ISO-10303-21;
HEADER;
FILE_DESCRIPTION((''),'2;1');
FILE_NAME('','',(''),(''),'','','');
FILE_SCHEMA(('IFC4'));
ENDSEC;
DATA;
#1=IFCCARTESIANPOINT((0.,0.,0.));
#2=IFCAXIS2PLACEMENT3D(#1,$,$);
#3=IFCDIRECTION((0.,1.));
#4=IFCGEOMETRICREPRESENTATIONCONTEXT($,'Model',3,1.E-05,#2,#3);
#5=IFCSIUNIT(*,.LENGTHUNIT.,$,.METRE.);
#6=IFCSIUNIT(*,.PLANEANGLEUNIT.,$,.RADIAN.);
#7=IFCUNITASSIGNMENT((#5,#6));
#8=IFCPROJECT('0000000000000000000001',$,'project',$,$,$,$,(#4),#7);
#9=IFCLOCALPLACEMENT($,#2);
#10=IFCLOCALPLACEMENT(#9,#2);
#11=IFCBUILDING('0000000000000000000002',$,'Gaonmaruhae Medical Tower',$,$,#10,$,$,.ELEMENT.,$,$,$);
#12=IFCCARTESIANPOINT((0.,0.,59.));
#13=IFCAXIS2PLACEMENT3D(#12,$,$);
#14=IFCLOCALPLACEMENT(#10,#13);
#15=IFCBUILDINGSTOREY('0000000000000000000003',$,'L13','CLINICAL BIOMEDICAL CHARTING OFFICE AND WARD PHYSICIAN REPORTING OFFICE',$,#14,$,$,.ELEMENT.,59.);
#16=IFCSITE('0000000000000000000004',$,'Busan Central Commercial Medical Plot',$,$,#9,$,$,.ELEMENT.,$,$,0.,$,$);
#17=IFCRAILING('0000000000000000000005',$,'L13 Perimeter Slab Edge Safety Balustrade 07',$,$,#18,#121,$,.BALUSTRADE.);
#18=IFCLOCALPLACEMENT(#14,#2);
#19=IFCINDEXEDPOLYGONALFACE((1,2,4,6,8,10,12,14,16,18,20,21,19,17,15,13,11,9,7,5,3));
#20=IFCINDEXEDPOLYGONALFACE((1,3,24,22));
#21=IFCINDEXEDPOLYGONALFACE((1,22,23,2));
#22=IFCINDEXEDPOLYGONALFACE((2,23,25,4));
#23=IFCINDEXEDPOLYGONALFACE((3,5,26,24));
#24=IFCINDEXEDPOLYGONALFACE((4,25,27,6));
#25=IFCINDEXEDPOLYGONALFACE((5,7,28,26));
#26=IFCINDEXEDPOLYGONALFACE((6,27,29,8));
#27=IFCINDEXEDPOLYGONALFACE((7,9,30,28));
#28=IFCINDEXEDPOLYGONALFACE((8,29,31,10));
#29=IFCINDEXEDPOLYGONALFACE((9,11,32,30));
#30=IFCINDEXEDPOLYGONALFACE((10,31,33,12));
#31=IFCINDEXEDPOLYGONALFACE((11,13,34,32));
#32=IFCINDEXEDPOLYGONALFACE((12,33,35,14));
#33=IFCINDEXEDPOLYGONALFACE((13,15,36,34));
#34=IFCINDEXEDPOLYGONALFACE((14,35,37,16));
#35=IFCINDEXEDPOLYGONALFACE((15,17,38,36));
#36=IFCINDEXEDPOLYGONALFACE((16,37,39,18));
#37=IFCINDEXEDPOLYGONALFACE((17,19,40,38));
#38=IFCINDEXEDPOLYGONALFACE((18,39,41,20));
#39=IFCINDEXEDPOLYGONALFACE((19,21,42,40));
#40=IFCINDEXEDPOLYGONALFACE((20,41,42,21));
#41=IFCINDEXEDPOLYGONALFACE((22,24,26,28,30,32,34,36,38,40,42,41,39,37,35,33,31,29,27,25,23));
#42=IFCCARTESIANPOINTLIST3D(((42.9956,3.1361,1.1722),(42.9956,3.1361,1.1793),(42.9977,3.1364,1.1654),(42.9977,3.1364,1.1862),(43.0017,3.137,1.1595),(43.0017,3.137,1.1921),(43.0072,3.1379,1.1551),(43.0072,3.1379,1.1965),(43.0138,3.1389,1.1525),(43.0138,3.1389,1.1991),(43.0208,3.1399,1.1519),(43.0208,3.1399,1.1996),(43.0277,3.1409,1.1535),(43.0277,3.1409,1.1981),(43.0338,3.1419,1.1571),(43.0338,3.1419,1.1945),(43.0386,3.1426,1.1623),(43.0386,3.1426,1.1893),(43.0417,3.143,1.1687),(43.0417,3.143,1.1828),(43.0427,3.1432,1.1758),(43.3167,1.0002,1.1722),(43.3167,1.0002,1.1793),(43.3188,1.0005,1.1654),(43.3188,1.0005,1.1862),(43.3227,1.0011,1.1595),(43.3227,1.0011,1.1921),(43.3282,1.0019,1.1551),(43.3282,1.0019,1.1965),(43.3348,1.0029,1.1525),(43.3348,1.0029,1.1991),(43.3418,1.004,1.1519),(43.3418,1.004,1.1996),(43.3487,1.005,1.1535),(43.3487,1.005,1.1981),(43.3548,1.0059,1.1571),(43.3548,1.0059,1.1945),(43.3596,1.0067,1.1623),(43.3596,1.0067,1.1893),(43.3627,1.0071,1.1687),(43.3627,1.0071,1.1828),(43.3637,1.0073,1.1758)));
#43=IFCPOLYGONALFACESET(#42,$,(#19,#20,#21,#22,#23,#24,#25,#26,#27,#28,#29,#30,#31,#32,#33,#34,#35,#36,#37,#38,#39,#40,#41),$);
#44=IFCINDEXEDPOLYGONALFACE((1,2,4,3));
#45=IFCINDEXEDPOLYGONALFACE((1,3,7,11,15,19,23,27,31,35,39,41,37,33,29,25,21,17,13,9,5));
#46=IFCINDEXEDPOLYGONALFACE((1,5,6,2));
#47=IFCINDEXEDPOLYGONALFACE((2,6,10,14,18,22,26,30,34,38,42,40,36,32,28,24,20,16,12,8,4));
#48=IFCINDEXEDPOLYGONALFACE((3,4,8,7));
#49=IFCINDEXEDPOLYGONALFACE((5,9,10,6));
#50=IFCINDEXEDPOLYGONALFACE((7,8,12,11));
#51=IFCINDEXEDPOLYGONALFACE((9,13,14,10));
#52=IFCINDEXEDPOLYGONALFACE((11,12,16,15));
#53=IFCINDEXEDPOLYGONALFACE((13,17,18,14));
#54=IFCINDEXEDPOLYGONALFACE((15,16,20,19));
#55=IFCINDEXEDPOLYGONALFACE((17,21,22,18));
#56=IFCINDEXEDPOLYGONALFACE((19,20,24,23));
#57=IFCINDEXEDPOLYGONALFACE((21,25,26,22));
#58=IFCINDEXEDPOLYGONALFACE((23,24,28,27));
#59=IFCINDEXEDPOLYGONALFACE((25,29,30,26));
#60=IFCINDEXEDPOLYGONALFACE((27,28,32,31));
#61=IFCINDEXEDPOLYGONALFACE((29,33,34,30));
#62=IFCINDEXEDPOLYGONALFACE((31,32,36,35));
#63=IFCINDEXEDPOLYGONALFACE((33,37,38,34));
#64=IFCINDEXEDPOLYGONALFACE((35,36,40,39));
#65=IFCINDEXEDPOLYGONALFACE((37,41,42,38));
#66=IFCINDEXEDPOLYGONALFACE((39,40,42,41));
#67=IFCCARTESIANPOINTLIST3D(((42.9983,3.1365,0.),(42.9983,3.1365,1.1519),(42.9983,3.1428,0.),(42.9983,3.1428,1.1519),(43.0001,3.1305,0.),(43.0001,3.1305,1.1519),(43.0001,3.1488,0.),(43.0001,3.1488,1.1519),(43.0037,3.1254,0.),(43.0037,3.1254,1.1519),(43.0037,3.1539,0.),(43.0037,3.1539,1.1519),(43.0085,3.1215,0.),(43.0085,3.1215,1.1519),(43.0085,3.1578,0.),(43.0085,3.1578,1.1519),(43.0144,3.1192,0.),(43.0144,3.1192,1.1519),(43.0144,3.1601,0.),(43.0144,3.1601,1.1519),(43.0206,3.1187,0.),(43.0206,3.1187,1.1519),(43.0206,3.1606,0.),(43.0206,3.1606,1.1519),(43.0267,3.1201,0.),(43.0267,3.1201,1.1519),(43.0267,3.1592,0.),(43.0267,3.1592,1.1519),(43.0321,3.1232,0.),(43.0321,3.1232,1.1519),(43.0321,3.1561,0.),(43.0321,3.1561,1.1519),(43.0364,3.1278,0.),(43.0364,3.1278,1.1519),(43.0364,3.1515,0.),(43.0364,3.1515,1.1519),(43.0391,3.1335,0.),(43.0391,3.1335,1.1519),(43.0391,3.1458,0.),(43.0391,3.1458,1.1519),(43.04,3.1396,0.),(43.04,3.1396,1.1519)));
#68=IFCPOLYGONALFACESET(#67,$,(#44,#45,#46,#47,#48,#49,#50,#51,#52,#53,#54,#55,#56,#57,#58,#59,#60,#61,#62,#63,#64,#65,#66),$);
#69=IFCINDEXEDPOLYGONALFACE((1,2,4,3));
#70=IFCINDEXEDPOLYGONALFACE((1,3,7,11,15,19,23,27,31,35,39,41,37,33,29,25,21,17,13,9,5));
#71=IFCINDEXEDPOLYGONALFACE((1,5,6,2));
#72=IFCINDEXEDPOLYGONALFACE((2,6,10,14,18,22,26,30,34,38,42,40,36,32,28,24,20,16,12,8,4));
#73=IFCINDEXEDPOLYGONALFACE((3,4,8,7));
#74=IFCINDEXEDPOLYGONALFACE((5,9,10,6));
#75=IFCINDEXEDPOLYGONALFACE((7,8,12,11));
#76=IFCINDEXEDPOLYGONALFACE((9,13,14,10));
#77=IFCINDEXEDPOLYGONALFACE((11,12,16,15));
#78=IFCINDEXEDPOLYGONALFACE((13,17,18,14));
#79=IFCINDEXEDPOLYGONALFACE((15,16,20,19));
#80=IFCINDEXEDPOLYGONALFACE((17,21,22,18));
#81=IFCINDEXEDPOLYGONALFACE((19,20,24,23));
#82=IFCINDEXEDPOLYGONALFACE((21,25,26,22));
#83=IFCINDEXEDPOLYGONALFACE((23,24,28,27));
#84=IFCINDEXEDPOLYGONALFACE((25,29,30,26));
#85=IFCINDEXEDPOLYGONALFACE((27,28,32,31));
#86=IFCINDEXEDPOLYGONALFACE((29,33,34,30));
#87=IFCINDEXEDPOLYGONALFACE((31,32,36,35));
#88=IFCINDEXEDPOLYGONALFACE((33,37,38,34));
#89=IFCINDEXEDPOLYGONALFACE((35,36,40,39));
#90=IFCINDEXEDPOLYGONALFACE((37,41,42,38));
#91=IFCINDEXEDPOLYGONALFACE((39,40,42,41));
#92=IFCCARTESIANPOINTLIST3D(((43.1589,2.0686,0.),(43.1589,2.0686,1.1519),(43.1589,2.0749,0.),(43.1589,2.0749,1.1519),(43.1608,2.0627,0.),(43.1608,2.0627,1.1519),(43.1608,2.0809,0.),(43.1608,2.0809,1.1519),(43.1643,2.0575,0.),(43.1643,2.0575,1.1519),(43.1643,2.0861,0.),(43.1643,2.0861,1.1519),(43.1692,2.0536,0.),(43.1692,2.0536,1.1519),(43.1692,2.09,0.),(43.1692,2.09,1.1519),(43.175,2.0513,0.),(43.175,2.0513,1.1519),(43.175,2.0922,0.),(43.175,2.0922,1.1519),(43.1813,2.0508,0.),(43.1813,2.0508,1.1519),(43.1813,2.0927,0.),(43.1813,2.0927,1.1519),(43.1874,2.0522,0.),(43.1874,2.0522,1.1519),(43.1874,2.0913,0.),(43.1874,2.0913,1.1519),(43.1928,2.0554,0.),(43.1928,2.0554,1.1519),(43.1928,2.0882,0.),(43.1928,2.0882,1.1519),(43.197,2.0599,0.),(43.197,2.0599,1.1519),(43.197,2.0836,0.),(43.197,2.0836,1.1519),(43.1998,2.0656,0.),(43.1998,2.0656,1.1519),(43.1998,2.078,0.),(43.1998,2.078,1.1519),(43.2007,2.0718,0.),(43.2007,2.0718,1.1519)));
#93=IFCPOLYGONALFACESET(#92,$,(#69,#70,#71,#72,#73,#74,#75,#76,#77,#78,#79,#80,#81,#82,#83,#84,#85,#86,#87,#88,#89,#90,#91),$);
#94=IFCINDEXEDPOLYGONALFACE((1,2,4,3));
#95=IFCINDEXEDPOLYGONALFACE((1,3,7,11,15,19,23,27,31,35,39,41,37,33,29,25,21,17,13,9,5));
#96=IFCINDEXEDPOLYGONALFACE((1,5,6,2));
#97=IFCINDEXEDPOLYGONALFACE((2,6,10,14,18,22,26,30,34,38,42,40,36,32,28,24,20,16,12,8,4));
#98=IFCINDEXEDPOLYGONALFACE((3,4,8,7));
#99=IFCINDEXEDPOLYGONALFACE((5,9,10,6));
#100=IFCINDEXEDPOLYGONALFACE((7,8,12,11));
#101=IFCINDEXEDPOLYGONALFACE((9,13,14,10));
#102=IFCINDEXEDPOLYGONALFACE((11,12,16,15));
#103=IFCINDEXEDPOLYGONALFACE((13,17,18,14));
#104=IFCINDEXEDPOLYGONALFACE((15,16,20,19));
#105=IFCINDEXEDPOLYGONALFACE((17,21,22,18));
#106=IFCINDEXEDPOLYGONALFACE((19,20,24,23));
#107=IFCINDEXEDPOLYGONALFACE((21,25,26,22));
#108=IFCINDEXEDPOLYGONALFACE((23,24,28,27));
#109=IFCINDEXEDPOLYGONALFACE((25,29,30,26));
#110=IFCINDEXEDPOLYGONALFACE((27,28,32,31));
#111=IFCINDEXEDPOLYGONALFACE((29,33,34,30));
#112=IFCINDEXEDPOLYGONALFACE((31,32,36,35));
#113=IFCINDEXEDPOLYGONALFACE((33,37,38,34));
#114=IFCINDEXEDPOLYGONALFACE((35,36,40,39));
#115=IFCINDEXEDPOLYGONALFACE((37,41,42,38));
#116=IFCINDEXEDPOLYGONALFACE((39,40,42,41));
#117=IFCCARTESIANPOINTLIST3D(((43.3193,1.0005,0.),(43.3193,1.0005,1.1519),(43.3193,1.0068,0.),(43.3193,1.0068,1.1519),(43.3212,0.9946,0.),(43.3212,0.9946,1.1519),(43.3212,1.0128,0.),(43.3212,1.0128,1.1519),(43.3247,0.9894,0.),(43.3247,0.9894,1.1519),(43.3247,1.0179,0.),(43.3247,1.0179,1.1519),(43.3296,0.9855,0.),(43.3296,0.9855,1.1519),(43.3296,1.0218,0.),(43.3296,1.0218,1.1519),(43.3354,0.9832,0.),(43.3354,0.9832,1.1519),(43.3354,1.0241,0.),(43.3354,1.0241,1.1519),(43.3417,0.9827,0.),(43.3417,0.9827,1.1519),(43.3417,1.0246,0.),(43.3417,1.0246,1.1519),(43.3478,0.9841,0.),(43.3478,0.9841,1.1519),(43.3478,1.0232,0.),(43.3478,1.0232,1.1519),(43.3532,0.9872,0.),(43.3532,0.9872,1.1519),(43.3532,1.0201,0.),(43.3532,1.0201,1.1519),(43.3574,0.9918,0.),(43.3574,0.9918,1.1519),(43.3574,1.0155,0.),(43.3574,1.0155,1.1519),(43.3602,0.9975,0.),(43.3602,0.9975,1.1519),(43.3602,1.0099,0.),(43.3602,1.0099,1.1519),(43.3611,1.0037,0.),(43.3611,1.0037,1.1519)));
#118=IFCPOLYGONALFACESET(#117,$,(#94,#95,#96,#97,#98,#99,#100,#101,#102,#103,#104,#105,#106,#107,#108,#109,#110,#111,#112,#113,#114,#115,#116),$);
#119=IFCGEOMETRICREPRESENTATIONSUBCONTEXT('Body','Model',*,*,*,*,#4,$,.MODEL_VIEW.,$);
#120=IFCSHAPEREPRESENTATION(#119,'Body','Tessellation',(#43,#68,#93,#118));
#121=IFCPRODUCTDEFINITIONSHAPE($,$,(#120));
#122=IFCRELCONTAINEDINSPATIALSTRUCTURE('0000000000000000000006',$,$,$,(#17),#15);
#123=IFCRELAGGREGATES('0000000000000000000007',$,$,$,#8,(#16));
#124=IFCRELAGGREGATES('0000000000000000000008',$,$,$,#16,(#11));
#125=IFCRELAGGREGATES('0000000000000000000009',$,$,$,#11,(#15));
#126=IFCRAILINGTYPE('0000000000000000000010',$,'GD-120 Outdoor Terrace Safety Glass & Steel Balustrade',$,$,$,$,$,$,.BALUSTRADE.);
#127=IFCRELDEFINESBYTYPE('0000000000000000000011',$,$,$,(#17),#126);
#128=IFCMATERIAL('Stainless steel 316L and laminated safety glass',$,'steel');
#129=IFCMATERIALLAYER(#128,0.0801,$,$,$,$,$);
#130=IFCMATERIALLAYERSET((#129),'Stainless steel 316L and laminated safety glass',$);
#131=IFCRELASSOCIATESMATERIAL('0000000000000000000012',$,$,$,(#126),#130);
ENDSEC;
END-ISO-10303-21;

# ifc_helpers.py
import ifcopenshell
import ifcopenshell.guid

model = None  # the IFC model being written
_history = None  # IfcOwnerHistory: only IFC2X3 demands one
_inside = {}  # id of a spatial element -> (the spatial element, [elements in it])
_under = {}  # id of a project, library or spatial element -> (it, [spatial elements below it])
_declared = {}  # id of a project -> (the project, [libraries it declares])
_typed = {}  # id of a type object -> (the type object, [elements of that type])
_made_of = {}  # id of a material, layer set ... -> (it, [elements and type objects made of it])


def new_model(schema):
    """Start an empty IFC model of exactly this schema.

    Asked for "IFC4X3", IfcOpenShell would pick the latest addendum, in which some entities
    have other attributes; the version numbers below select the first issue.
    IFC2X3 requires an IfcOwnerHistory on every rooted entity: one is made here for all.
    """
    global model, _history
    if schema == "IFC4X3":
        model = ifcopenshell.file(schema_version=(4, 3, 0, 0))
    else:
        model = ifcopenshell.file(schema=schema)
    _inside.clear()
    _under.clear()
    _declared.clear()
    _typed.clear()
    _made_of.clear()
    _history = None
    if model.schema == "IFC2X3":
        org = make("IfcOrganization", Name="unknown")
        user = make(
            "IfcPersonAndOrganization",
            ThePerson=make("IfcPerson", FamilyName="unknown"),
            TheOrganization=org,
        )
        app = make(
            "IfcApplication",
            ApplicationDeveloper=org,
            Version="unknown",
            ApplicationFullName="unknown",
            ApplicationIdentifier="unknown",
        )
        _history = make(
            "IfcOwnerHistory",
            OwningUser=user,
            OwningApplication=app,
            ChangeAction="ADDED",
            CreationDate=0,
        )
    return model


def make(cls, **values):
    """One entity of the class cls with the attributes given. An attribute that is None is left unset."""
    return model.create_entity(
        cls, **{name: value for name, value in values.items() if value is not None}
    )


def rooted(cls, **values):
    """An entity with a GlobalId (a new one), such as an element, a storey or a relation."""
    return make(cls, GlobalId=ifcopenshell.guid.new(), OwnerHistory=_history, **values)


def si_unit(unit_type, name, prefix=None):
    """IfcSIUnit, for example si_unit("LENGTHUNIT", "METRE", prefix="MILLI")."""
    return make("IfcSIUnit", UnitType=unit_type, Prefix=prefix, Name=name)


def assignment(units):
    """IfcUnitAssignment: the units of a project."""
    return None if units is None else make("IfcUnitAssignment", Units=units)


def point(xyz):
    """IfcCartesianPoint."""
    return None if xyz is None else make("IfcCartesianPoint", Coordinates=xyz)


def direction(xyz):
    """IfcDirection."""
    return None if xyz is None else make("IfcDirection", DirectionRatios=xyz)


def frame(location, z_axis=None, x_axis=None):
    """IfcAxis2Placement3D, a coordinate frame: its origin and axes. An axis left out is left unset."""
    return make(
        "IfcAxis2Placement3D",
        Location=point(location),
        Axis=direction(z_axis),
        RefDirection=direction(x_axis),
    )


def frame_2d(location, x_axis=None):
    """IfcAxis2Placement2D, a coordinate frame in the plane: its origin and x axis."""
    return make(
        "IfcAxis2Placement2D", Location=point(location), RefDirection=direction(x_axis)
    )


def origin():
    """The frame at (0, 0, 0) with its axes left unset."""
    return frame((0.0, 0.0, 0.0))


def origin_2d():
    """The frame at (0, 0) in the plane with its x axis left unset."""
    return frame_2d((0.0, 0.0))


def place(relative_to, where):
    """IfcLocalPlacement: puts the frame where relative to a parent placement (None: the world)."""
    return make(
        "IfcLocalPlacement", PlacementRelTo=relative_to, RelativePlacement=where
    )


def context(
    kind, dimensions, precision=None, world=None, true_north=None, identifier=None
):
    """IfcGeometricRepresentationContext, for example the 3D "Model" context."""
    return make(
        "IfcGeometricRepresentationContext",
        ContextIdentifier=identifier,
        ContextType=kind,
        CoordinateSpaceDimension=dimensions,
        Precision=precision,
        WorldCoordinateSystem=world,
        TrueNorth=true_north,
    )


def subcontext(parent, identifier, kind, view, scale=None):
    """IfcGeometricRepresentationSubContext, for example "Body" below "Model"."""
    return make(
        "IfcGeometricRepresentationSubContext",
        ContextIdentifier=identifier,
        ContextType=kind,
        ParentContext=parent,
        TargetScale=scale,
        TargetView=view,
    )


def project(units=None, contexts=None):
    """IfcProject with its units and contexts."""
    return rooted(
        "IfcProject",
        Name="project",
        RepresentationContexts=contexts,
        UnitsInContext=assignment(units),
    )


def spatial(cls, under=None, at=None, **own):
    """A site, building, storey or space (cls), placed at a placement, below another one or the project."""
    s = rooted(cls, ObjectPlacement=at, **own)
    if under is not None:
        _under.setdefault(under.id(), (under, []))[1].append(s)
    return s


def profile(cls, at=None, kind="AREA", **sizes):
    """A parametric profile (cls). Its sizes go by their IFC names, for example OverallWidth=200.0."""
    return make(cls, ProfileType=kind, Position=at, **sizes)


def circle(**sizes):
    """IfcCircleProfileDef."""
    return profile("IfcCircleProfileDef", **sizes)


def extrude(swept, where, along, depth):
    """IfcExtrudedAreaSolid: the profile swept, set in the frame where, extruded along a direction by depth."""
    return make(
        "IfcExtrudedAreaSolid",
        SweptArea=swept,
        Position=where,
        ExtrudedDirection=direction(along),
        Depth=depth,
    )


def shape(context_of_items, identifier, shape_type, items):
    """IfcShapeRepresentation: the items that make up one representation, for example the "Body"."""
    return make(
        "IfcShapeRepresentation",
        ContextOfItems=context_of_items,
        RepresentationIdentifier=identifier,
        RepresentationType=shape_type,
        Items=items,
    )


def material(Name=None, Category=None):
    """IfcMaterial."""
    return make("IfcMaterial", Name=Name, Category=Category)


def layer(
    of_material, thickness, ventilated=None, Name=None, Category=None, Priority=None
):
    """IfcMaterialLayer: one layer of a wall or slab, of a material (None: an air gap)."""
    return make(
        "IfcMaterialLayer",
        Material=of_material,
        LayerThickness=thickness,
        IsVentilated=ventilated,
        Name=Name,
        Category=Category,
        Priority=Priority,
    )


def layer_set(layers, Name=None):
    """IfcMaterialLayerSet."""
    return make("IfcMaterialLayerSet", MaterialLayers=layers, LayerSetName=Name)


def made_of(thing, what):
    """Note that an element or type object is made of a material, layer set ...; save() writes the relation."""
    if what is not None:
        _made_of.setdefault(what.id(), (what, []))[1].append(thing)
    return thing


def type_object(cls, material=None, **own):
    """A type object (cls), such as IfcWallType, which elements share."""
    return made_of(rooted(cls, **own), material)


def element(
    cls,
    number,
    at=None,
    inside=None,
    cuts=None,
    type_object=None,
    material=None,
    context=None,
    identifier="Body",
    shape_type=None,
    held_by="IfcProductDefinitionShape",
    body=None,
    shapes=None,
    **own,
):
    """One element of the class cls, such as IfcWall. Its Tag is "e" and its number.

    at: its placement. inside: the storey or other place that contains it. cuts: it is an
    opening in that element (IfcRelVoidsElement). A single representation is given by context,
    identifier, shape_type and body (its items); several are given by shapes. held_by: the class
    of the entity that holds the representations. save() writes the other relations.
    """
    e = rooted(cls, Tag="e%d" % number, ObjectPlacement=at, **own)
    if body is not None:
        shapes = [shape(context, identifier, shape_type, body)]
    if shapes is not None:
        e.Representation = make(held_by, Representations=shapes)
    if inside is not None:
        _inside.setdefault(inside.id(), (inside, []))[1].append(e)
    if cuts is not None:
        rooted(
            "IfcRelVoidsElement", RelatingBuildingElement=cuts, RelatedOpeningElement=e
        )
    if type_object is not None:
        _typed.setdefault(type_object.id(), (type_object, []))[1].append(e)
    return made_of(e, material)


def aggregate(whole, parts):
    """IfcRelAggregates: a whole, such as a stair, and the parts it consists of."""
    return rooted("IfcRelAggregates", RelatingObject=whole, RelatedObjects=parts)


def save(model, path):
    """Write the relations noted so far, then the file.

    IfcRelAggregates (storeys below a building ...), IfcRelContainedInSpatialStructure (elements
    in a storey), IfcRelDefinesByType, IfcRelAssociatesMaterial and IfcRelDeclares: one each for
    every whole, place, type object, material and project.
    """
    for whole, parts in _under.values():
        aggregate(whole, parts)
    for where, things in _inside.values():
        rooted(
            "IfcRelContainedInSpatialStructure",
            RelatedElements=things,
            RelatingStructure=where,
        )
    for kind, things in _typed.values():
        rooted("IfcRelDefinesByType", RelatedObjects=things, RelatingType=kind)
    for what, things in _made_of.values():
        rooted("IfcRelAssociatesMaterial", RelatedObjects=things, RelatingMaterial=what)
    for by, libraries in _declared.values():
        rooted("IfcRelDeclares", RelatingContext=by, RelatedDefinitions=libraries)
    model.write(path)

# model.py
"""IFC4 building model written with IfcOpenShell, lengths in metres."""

from ifc_helpers import new_model, si_unit, direction, frame, origin, origin_2d, place, context, subcontext, project, spatial, circle, extrude, material, layer, layer_set, type_object, element, save


model = new_model("IFC4")

# Units and contexts
model_context = context("Model", 3, precision=1e-05, world=origin(), true_north=direction((0.0, 1.0)))
body_context = subcontext(model_context, "Body", "Model", "MODEL_VIEW")
ifc_project = project(units=[si_unit("LENGTHUNIT", "METRE"), si_unit("PLANEANGLEUNIT", "RADIAN")], contexts=[model_context])

# Site, building, storey
site_placement = place(None, origin())
site = spatial("IfcSite", under=ifc_project, at=site_placement, Name="Busan Central Commercial Medical Plot", CompositionType="ELEMENT", RefElevation=0.0)
building_placement = place(site_placement, origin())
building = spatial("IfcBuilding", under=site, at=building_placement, Name="Gaonmaruhae Medical Tower", CompositionType="ELEMENT")
storey_placement = place(building_placement, frame((0.0, 0.0, 59.0)))
storey = spatial("IfcBuildingStorey", under=building, at=storey_placement, Name="L13", Description="CLINICAL BIOMEDICAL CHARTING OFFICE AND WARD PHYSICIAN REPORTING OFFICE", CompositionType="ELEMENT", Elevation=59.0)

# Railing
ifc_material_1 = material(Name="Stainless steel 316L and laminated safety glass", Category="steel")
ifc_layer_1 = layer(ifc_material_1, 0.0801)
ifc_layer_set_1 = layer_set([ifc_layer_1], Name="Stainless steel 316L and laminated safety glass")
railing_type = type_object("IfcRailingType", Name="GD-120 Outdoor Terrace Safety Glass & Steel Balustrade", PredefinedType="BALUSTRADE", material=ifc_layer_set_1)
railing_1_placement = place(storey_placement, frame((43.019, 3.1396, 0.0)))
element("IfcRailing", 1, at=railing_1_placement, inside=storey, type_object=railing_type, Name="L13 Perimeter Slab Edge Safety Balustrade 07", PredefinedType="BALUSTRADE", context=body_context, shape_type="SweptSolid", body=[
    extrude(circle(Radius=0.0239, at=origin_2d()), frame((0.0, 0.0, 1.1758), z_axis=(0.148633, -0.988892, 0.0), x_axis=(0.988892, 0.148633, 0.0)), (0.0, 0.0, 1.0), 2.1599),
    extrude(circle(Radius=0.021, at=origin_2d()), origin(), (0.0, 0.0, 1.0), 1.1519),
    extrude(circle(Radius=0.021, at=origin_2d()), frame((0.1606, -1.0679, 0.0)), (0.0, 0.0, 1.0), 1.1519),
    extrude(circle(Radius=0.021, at=origin_2d()), frame((0.321, -2.136, 0.0)), (0.0, 0.0, 1.0), 1.1519),
])

save(model, "model.ifc")
